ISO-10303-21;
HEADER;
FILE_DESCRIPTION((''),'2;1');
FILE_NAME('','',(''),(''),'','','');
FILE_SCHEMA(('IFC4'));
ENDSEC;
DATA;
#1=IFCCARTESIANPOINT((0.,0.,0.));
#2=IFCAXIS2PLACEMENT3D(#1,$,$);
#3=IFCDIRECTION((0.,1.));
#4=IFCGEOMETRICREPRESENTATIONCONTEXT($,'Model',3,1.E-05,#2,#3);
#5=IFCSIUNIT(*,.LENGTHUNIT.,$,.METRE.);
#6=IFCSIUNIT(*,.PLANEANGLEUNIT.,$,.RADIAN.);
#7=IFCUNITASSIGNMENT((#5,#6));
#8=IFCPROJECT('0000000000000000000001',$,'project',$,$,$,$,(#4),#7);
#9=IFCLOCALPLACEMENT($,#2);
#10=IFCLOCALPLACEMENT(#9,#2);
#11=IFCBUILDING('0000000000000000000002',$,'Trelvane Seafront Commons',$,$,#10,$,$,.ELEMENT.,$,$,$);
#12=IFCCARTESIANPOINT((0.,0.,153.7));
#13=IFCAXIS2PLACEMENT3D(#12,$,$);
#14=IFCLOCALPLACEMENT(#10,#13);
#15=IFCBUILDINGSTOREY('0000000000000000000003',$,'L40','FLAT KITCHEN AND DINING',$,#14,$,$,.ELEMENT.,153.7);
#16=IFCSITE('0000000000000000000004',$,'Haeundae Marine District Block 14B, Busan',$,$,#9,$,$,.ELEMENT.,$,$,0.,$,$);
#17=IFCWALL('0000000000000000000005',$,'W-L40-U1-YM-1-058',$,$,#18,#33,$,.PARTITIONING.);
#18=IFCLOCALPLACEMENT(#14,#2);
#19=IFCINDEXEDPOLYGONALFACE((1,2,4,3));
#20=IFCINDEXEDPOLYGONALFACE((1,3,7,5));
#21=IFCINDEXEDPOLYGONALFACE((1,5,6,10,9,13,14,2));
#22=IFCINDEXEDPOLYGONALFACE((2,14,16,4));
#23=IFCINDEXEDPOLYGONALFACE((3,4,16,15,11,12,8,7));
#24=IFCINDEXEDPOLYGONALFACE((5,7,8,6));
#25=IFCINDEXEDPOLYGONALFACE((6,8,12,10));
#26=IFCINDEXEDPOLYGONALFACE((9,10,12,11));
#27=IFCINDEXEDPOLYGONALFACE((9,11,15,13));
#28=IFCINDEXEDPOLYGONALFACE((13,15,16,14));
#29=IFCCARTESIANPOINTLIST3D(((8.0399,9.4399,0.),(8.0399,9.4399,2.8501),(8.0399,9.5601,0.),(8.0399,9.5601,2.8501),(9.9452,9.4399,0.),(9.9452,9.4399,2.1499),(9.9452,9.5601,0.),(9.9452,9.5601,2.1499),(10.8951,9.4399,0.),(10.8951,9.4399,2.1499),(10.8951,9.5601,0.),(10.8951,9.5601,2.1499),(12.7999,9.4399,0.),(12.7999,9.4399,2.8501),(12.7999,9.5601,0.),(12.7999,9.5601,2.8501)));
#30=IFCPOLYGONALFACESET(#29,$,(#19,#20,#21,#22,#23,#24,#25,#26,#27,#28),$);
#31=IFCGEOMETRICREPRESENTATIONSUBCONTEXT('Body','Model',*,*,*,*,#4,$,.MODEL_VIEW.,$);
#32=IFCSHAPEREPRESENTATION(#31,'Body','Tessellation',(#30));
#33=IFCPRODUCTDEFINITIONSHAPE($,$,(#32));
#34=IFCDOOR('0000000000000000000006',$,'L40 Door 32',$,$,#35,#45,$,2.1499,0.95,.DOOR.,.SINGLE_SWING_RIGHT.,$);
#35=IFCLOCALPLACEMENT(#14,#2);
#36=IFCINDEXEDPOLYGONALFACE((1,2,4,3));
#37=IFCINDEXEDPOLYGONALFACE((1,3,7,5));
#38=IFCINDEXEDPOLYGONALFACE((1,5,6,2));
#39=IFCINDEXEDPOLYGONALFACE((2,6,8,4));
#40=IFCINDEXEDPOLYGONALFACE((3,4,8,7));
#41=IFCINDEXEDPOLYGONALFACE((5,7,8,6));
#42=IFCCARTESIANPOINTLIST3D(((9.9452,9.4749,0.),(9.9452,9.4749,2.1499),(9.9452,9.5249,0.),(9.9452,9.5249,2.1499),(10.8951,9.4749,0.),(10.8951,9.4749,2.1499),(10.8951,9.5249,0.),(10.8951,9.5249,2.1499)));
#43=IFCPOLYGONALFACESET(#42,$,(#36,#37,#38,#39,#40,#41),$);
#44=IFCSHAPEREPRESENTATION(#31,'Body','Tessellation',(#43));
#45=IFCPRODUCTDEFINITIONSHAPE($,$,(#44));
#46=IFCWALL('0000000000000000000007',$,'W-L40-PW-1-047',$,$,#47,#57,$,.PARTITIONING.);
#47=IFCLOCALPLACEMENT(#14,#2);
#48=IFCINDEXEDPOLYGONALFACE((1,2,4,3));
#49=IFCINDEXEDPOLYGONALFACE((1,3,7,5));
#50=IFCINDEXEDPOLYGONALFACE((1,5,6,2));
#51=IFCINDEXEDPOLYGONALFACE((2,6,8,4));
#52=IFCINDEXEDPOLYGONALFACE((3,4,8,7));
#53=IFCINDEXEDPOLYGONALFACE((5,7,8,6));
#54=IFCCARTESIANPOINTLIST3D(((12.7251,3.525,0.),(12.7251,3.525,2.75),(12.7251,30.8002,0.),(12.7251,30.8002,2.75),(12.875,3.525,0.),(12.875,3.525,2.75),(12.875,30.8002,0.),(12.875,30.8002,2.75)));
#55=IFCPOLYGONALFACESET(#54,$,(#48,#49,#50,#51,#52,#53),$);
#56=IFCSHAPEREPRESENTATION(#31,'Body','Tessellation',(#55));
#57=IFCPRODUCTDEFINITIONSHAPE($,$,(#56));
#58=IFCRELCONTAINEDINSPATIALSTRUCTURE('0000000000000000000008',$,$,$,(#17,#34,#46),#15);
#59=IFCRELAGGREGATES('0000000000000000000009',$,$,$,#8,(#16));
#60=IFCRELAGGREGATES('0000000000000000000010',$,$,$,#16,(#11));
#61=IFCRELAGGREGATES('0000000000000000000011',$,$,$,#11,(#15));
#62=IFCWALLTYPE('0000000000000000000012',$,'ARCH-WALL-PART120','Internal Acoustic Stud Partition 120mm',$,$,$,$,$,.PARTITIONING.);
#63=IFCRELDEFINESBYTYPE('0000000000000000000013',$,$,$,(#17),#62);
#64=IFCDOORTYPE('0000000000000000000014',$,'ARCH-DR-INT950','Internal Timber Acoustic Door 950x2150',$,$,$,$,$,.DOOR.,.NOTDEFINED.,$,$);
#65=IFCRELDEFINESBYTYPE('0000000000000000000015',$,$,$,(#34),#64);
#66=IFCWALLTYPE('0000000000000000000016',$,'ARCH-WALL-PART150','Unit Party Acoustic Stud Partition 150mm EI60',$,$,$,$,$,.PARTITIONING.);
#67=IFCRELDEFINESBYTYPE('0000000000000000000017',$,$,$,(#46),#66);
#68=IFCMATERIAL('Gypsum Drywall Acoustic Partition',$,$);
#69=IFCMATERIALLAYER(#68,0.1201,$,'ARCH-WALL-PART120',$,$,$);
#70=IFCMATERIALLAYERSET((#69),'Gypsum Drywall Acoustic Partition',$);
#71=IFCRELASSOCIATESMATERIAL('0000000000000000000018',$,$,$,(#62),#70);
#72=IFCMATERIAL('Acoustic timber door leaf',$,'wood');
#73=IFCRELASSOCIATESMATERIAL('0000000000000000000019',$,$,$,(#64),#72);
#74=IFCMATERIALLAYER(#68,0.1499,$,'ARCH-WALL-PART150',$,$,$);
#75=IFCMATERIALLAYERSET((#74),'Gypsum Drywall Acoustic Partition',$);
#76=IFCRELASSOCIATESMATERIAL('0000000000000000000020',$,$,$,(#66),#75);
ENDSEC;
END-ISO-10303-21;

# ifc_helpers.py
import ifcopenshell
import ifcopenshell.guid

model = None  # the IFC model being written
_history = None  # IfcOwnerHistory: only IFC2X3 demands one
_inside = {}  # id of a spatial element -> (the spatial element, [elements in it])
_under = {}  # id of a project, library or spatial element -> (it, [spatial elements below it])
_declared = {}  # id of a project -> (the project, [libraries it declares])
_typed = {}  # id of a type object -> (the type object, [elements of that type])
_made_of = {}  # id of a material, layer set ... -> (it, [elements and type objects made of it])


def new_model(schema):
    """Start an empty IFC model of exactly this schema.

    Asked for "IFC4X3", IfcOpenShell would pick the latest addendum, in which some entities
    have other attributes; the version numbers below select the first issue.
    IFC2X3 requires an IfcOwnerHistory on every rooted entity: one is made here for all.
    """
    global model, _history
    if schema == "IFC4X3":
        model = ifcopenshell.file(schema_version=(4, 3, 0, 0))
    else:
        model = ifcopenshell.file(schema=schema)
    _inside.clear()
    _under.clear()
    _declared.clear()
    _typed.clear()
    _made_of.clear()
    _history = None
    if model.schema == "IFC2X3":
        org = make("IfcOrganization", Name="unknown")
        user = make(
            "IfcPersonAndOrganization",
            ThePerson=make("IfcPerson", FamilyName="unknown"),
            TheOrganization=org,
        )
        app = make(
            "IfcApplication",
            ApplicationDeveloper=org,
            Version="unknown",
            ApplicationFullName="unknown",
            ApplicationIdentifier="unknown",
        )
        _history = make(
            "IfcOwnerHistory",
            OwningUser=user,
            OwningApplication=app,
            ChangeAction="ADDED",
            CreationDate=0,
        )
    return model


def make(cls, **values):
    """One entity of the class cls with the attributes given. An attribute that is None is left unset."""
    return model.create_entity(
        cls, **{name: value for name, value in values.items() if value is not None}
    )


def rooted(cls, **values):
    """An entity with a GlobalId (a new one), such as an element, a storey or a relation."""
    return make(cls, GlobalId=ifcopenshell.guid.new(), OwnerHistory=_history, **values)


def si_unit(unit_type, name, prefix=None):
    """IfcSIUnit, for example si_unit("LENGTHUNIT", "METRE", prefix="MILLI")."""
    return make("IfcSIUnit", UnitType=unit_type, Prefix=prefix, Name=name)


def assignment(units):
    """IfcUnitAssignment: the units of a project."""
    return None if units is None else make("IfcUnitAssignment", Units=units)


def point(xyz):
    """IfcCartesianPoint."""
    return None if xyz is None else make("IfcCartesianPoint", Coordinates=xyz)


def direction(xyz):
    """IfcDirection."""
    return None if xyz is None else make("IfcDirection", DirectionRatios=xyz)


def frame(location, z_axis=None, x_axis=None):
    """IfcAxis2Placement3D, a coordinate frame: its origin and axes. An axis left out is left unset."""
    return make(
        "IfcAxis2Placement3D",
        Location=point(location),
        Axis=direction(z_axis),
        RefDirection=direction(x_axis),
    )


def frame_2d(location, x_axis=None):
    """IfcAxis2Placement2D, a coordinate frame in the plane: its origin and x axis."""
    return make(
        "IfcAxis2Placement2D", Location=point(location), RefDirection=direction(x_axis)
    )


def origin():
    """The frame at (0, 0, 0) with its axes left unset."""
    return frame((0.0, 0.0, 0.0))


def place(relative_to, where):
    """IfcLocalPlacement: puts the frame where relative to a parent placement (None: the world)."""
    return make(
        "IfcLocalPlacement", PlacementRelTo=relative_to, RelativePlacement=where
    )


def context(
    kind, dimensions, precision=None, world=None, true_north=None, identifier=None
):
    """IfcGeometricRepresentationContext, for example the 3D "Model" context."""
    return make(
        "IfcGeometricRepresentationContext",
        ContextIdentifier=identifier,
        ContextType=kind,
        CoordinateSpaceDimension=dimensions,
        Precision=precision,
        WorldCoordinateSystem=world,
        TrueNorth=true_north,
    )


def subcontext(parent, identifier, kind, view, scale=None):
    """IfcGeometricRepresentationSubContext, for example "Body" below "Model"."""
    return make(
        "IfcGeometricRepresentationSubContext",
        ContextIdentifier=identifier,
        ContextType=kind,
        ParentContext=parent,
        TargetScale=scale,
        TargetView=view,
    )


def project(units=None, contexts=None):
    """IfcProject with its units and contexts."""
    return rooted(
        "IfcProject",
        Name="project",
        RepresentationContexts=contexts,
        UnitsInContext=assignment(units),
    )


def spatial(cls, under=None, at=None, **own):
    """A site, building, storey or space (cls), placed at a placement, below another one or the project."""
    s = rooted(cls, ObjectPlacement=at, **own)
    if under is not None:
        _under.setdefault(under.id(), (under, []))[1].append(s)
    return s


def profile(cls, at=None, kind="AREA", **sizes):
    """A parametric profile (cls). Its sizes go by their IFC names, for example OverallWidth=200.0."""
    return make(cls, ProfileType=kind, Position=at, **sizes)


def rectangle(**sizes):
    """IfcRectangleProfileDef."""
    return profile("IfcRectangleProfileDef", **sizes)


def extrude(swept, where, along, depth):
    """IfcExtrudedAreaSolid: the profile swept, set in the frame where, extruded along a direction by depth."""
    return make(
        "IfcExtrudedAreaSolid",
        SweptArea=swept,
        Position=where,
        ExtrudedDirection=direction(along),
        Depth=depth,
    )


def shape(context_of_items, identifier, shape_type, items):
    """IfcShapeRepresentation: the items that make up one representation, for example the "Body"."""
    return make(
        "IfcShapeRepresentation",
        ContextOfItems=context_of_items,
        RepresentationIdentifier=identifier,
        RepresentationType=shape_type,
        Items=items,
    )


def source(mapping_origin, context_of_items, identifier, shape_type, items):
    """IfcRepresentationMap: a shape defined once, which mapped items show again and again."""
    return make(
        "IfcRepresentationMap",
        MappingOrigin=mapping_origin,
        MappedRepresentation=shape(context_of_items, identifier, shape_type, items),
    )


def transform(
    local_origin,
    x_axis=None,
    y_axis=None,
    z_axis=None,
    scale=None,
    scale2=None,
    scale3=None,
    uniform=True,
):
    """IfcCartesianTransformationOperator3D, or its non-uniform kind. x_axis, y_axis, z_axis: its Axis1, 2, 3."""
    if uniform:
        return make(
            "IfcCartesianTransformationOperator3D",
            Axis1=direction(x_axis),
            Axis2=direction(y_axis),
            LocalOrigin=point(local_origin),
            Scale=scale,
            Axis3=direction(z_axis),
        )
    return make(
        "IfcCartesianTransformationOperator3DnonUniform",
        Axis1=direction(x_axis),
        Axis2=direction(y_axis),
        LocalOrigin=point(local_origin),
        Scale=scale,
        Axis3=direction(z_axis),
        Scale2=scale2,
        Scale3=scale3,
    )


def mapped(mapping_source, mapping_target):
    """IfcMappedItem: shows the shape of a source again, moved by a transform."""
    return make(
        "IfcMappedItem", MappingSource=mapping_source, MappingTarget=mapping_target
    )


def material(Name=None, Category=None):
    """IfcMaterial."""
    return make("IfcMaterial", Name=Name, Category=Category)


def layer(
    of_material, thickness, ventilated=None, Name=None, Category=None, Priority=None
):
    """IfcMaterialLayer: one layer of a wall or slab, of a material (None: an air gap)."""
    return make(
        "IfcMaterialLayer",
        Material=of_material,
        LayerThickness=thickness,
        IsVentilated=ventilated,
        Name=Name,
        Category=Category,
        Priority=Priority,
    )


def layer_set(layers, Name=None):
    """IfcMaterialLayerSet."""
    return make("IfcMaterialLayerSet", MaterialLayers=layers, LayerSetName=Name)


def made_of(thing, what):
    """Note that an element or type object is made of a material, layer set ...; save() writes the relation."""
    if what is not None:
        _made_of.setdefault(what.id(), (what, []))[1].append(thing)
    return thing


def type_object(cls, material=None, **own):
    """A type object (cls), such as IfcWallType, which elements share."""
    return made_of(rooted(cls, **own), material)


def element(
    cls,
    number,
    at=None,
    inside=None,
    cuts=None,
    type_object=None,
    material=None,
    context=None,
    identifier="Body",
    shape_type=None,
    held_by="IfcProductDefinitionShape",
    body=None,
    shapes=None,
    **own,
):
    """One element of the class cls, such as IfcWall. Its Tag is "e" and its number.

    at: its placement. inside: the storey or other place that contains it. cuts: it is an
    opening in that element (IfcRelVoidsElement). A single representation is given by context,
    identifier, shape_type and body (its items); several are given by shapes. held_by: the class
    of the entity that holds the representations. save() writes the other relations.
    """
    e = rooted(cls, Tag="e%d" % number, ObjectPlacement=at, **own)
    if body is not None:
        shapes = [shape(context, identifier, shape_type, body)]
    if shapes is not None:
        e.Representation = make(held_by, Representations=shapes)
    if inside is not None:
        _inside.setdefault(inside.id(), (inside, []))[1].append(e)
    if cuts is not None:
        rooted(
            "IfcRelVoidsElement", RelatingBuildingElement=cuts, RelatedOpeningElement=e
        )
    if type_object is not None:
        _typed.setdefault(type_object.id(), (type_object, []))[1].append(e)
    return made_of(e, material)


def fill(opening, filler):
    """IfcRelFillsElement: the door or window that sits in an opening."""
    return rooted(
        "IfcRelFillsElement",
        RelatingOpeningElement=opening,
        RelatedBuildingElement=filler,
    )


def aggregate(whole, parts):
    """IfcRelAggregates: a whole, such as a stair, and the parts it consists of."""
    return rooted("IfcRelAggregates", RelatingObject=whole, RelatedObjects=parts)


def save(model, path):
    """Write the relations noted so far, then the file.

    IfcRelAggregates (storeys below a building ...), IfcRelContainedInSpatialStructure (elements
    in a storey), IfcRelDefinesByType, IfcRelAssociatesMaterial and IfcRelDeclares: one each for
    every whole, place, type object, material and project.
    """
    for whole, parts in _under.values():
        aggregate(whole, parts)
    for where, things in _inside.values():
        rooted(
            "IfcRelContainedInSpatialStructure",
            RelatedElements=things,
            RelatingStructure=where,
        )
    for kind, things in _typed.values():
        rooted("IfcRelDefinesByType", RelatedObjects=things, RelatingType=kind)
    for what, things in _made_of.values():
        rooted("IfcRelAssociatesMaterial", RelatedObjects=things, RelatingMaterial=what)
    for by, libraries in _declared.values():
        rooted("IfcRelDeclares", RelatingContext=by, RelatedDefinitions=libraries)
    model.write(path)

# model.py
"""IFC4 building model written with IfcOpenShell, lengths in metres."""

from ifc_helpers import new_model, si_unit, direction, frame, frame_2d, origin, place, context, subcontext, project, spatial, rectangle, extrude, source, transform, mapped, material, layer, layer_set, type_object, element, fill, save


model = new_model("IFC4")

# Units and contexts
model_context = context("Model", 3, precision=1e-05, world=origin(), true_north=direction((0.0, 1.0)))
body_context = subcontext(model_context, "Body", "Model", "MODEL_VIEW")
ifc_project = project(units=[si_unit("LENGTHUNIT", "METRE"), si_unit("PLANEANGLEUNIT", "RADIAN")], contexts=[model_context])

# Site, building, storey
site_placement = place(None, origin())
site = spatial("IfcSite", under=ifc_project, at=site_placement, Name="Haeundae Marine District Block 14B, Busan", CompositionType="ELEMENT", RefElevation=0.0)
building_placement = place(site_placement, origin())
building = spatial("IfcBuilding", under=site, at=building_placement, Name="Trelvane Seafront Commons", CompositionType="ELEMENT")
storey_placement = place(building_placement, frame((0.0, 0.0, 153.7)))
storey = spatial("IfcBuildingStorey", under=building, at=storey_placement, Name="L40", Description="FLAT KITCHEN AND DINING", CompositionType="ELEMENT", Elevation=153.7)

# Wall, opening, door
ifc_material_1 = material(Name="Gypsum Drywall Acoustic Partition")
ifc_layer_1 = layer(ifc_material_1, 0.1201, Name="ARCH-WALL-PART120")
ifc_layer_set_1 = layer_set([ifc_layer_1], Name="Gypsum Drywall Acoustic Partition")
wall_type_1 = type_object("IfcWallType", Name="ARCH-WALL-PART120", Description="Internal Acoustic Stud Partition 120mm", PredefinedType="PARTITIONING", material=ifc_layer_set_1)
wall_1_placement = place(storey_placement, frame((8.04, 9.5, 0.0), z_axis=(0.0, 0.0, 1.0), x_axis=(1.0, 0.0, 0.0)))
wall_1 = element("IfcWall", 1, at=wall_1_placement, inside=storey, type_object=wall_type_1, Name="W-L40-U1-YM-1-058", PredefinedType="PARTITIONING", context=body_context, shape_type="SweptSolid", body=[
    extrude(rectangle(XDim=4.76, YDim=0.1201, at=frame_2d((2.3799, 0.0))), origin(), (0.0, 0.0, 1.0), 2.8501),
])
opening_1_placement = place(wall_1_placement, frame((1.905, 0.0, 0.0)))
opening_1 = element("IfcOpeningElement", 2, at=opening_1_placement, cuts=wall_1, PredefinedType="OPENING", context=body_context, shape_type="SweptSolid", body=[
    extrude(rectangle(XDim=0.95, YDim=2.1499, at=frame_2d((0.4751, 1.075))), frame((0.0, 0.0701, 0.0), z_axis=(0.0, -1.0, 0.0), x_axis=(1.0, 0.0, 0.0)), (0.0, 0.0, 1.0), 0.1401),
])
ifc_material_2 = material(Name="Acoustic timber door leaf", Category="wood")
door_type = type_object("IfcDoorType", Name="ARCH-DR-INT950", Description="Internal Timber Acoustic Door 950x2150", OperationType="NOTDEFINED", PredefinedType="DOOR", material=ifc_material_2)
shared_shape_1 = source(origin(), body_context, "Body", "SweptSolid", [
    extrude(rectangle(XDim=0.95, YDim=2.1499, at=frame_2d((0.4751, 1.075))), frame((0.0, 0.0249, 0.0), z_axis=(0.0, -1.0, 0.0), x_axis=(1.0, 0.0, 0.0)), (0.0, 0.0, 1.0), 0.05),
])
door_placement = place(opening_1_placement, origin())
door = element("IfcDoor", 3, at=door_placement, inside=storey, type_object=door_type, Name="L40 Door 32", OperationType="SINGLE_SWING_RIGHT", OverallHeight=2.1499, OverallWidth=0.95, PredefinedType="DOOR", context=body_context, shape_type="MappedRepresentation", body=[
    mapped(shared_shape_1, transform((0.0, 0.0, 0.0), x_axis=(1.0, 0.0, 0.0), y_axis=(0.0, 1.0, 0.0), z_axis=(0.0, 0.0, 1.0), scale=1.0)),
])
fill(opening_1, door)

# Wall
ifc_layer_2 = layer(ifc_material_1, 0.1499, Name="ARCH-WALL-PART150")
ifc_layer_set_2 = layer_set([ifc_layer_2], Name="Gypsum Drywall Acoustic Partition")
wall_type_2 = type_object("IfcWallType", Name="ARCH-WALL-PART150", Description="Unit Party Acoustic Stud Partition 150mm EI60", PredefinedType="PARTITIONING", material=ifc_layer_set_2)
wall_2_placement = place(storey_placement, frame((12.8, 3.5249, 0.0), z_axis=(0.0, 0.0, 1.0), x_axis=(0.0, 1.0, 0.0)))
element("IfcWall", 4, at=wall_2_placement, inside=storey, type_object=wall_type_2, Name="W-L40-PW-1-047", PredefinedType="PARTITIONING", context=body_context, shape_type="SweptSolid", body=[
    extrude(rectangle(XDim=27.2751, YDim=0.1499, at=frame_2d((13.6377, 0.0))), origin(), (0.0, 0.0, 1.0), 2.75),
])

save(model, "model.ifc")
